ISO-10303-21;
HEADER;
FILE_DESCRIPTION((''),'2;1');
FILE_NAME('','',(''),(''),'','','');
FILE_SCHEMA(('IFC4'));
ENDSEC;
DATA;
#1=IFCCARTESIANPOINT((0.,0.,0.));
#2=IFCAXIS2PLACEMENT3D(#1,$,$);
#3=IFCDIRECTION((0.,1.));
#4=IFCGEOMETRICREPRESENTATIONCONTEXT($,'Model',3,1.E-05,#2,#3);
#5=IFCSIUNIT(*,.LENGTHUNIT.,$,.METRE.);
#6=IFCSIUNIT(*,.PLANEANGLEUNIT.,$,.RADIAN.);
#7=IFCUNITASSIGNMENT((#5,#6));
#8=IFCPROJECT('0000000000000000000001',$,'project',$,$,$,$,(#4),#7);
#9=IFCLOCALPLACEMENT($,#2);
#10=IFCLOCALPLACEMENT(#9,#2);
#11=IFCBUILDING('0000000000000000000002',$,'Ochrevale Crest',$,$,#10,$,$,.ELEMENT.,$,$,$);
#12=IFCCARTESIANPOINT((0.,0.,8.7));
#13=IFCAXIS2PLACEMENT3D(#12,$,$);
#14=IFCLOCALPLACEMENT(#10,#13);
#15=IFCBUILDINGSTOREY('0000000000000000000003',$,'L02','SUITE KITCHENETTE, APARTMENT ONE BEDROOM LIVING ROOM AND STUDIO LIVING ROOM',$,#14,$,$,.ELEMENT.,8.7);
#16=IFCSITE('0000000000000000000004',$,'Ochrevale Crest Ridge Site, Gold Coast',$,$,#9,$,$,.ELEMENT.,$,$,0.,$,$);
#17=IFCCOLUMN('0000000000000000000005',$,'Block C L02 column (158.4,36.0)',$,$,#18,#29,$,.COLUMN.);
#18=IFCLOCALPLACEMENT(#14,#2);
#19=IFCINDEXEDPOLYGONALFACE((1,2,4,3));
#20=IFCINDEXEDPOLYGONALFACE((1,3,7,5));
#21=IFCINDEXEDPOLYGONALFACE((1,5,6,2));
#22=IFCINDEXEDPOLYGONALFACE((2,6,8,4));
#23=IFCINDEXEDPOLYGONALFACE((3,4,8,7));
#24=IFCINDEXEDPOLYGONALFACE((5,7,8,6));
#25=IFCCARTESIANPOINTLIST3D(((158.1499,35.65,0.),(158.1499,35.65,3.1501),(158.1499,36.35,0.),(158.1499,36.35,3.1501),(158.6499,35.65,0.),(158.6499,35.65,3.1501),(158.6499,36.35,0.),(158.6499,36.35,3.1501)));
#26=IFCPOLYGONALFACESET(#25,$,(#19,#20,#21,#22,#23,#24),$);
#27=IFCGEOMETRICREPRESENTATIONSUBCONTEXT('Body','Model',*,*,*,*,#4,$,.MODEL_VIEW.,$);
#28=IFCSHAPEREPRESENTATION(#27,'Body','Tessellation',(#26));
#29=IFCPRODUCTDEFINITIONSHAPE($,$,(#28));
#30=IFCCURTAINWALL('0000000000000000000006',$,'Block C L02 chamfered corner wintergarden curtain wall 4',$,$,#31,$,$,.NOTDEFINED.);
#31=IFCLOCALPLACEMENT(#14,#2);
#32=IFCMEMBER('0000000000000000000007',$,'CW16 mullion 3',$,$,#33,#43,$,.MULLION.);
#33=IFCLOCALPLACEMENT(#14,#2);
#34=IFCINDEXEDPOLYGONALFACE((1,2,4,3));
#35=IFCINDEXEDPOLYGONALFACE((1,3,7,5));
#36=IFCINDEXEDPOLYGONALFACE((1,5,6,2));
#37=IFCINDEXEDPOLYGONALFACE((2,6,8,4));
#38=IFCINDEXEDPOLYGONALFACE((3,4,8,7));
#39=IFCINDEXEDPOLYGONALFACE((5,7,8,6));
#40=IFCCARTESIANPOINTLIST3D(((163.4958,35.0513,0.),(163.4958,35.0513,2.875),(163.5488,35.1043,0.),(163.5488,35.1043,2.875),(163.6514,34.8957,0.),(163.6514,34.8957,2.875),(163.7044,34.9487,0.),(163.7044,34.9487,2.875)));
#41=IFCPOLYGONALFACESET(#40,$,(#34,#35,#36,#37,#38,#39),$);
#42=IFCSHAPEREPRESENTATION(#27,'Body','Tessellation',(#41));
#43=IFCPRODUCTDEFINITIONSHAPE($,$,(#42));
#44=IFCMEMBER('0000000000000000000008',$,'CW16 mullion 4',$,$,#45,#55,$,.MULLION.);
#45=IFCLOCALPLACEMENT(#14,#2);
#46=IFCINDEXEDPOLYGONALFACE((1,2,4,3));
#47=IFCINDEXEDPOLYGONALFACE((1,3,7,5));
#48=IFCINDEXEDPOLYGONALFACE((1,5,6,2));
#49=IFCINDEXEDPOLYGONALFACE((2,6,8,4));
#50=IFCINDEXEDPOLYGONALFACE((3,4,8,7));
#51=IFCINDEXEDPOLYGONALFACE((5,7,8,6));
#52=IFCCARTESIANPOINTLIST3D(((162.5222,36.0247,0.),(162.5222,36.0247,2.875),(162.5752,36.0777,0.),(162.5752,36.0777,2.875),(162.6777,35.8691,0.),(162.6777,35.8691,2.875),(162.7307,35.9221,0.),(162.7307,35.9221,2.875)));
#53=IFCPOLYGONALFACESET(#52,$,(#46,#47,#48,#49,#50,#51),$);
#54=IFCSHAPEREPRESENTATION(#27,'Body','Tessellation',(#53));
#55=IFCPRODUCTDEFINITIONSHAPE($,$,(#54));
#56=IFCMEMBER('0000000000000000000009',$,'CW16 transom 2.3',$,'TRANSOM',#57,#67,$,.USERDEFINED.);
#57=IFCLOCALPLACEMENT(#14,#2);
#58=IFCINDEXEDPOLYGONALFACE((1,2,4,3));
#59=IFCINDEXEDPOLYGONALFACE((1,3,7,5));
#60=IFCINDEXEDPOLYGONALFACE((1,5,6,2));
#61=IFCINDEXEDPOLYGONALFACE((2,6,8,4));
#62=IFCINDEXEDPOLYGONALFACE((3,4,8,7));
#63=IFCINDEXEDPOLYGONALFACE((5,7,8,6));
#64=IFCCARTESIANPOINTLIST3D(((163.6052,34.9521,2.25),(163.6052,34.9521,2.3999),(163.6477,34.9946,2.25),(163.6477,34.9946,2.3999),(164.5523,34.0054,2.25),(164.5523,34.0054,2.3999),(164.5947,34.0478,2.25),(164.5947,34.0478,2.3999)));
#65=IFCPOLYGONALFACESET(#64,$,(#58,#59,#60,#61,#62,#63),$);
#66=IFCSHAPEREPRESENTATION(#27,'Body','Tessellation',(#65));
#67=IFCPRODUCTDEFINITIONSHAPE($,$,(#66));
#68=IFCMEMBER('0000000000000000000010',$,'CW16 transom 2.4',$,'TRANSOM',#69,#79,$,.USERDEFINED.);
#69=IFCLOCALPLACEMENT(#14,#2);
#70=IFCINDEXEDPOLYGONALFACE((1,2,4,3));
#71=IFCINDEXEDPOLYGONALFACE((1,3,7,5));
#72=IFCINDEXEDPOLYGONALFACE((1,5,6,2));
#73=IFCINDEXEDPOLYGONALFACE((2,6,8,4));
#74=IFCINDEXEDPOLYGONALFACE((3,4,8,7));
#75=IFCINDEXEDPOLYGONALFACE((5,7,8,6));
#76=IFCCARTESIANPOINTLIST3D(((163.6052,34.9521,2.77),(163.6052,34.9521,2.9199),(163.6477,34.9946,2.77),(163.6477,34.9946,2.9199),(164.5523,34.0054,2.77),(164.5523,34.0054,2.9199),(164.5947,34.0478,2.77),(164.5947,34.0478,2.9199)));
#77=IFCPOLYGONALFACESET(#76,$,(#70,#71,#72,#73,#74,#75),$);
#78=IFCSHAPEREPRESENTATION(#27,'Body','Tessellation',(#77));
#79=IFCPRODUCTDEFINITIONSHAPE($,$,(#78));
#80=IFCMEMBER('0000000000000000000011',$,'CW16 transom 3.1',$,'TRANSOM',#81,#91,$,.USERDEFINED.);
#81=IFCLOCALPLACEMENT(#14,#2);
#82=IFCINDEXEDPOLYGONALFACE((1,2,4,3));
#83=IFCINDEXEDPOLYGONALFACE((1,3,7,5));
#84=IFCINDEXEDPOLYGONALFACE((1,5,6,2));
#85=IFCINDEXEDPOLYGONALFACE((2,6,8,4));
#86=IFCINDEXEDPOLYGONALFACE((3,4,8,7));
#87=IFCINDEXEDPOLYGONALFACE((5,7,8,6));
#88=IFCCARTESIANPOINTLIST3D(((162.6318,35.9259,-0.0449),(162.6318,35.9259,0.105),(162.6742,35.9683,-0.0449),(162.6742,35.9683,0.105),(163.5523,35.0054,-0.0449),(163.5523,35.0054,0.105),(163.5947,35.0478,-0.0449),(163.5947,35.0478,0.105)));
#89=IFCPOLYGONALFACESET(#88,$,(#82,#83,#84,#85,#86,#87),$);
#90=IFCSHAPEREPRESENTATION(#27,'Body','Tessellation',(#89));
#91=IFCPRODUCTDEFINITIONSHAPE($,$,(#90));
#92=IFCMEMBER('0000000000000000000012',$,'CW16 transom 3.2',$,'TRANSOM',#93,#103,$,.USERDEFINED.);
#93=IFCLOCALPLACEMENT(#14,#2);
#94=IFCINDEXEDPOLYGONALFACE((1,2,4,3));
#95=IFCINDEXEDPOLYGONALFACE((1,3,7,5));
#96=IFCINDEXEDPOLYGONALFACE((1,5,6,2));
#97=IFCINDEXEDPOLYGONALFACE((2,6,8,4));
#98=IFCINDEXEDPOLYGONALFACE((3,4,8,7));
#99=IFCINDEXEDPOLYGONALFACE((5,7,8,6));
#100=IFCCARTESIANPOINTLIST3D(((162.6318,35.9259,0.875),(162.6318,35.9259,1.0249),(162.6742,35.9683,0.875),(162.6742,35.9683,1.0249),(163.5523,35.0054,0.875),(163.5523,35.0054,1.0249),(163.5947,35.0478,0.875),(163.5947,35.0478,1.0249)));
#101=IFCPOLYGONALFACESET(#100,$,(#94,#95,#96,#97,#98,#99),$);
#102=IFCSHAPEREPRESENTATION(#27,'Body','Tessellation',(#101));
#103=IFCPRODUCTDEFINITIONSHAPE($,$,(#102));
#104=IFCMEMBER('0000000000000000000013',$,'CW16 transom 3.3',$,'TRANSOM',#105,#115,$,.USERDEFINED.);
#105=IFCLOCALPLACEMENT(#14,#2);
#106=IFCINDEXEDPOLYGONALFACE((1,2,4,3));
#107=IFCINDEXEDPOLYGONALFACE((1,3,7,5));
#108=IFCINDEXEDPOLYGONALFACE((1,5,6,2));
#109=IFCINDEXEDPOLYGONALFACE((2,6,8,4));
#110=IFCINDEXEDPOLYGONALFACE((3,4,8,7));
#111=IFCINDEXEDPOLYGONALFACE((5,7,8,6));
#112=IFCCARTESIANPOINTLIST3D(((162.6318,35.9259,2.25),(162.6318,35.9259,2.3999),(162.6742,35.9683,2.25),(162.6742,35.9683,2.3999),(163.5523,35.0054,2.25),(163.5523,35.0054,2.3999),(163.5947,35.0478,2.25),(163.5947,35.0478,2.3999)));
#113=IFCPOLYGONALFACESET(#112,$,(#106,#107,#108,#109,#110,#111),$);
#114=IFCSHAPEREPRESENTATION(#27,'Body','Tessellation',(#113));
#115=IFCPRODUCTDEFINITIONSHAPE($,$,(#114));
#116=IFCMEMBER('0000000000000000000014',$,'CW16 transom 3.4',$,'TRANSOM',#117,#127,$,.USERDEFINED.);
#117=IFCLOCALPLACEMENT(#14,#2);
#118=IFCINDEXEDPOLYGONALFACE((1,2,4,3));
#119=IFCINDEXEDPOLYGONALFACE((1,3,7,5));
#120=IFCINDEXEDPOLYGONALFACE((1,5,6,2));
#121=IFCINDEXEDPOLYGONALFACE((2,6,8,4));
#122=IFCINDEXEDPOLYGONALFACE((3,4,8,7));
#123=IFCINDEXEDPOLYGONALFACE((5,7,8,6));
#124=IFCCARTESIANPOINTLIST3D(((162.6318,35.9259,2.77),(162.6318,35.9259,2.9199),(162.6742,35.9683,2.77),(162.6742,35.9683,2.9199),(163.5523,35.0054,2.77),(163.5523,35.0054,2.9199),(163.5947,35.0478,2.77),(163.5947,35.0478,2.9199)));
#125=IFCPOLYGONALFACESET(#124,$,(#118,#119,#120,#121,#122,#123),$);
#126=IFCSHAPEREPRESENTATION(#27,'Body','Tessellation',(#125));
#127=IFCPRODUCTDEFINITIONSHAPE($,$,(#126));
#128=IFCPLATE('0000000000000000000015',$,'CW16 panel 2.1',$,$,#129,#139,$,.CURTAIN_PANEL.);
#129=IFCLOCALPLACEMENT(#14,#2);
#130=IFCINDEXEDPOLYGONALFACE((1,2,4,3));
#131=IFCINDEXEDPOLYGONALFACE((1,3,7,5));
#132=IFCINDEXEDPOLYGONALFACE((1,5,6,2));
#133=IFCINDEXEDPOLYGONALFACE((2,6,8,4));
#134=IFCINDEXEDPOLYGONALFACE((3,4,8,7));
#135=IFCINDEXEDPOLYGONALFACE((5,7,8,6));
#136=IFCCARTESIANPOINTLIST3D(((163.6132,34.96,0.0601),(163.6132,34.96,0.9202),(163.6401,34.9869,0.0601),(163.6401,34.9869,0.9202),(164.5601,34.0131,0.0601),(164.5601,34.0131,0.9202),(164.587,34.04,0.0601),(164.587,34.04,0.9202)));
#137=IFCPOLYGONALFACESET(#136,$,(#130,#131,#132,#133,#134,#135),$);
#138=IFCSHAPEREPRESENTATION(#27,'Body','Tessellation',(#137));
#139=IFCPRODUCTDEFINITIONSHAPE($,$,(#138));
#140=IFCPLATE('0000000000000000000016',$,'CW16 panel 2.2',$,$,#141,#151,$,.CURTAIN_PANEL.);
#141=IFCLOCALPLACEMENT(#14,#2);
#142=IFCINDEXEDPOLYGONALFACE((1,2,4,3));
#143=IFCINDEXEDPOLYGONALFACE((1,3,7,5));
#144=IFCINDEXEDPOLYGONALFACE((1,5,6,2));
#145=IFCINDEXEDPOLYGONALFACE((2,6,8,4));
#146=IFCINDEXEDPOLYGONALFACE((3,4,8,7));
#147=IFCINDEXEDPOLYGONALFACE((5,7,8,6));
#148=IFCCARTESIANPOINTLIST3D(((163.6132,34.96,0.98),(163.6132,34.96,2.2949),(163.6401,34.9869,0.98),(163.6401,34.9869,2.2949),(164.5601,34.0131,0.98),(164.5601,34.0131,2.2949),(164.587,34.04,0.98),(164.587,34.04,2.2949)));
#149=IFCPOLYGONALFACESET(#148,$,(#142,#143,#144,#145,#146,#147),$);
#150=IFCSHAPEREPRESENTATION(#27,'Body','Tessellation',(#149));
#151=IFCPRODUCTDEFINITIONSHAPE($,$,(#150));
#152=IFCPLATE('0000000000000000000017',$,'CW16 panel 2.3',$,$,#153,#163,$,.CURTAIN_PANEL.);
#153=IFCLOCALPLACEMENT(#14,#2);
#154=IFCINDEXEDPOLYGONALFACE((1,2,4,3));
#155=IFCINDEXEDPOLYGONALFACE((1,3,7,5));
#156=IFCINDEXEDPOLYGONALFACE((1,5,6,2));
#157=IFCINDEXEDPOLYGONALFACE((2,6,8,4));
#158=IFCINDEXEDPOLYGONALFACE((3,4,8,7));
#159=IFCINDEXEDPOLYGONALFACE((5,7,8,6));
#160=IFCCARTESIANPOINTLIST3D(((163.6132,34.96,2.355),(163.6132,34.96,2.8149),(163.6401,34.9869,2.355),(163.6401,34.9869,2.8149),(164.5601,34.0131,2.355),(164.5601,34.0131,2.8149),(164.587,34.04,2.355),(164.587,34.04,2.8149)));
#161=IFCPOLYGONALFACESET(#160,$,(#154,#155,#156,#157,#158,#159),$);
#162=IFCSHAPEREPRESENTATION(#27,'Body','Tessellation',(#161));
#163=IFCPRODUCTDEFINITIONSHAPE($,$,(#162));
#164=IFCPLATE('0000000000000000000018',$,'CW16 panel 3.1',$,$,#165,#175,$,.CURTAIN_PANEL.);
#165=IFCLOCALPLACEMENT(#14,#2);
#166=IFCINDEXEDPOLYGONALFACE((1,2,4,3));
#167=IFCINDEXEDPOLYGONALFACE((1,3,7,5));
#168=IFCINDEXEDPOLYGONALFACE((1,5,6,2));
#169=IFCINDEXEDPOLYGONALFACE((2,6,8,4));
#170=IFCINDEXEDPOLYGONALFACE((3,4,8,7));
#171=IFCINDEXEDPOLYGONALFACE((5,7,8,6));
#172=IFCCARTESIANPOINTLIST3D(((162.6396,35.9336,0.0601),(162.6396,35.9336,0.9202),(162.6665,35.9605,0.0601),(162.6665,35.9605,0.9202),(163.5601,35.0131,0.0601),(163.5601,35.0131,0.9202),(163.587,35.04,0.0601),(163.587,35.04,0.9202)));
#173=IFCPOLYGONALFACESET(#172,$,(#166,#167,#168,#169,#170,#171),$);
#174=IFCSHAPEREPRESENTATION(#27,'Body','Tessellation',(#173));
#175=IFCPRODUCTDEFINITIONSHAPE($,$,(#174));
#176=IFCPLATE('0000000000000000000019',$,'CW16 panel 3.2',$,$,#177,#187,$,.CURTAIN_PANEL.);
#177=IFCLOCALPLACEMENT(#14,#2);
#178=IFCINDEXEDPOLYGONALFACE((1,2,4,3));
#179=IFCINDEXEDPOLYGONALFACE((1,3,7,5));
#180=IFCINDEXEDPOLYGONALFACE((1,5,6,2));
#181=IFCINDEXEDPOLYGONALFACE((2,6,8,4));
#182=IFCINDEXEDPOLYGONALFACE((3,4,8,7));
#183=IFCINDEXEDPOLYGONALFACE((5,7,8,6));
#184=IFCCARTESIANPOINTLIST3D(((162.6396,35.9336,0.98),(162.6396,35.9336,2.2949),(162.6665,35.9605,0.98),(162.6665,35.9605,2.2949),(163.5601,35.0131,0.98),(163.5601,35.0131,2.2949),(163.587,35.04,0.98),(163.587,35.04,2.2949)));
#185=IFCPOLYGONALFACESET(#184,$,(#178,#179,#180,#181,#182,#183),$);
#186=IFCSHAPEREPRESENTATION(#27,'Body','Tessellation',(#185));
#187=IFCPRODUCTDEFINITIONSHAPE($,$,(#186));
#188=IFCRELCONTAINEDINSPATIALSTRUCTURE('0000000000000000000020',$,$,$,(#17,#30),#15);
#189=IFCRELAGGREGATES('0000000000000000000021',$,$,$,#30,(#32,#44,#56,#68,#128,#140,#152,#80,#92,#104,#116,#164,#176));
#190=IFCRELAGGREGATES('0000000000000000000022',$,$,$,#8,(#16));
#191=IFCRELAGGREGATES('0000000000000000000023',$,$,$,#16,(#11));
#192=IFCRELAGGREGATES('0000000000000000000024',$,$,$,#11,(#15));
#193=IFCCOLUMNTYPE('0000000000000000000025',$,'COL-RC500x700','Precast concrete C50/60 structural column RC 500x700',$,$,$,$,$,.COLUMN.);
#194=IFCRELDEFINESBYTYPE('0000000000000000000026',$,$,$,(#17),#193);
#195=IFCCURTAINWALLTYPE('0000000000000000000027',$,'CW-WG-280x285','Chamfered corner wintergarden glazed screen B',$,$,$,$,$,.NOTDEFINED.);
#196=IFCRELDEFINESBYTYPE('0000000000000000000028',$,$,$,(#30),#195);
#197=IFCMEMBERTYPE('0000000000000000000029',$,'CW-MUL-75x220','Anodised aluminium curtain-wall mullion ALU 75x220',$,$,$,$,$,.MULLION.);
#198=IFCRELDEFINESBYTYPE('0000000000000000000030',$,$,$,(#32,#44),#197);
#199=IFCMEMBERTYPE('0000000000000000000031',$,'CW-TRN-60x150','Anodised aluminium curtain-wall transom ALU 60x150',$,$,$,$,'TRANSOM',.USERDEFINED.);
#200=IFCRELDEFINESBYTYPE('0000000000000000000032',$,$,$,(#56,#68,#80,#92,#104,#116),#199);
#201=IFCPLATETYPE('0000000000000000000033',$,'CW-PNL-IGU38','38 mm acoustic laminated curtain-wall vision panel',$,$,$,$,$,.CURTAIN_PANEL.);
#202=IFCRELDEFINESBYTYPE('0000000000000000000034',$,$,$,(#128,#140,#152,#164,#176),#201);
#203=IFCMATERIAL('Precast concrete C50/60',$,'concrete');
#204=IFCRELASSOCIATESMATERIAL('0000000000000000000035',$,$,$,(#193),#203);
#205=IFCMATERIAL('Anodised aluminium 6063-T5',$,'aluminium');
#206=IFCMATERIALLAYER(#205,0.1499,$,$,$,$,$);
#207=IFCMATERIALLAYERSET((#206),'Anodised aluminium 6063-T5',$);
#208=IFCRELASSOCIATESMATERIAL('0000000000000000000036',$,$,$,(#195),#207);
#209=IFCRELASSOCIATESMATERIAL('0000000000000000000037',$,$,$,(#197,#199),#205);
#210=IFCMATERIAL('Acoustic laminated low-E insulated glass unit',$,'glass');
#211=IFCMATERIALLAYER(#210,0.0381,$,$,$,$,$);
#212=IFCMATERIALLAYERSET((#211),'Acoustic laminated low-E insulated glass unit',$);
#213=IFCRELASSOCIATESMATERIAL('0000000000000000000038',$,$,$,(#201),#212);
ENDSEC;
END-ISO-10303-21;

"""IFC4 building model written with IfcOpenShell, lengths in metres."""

from ifc_helpers import new_model, si_unit, direction, frame, origin, origin_2d, place, context, subcontext, project, spatial, rectangle, extrude, material, layer, layer_set, material_profile, profile_set, type_object, element, aggregate, save


model = new_model("IFC4")

# Units and contexts
model_context = context("Model", 3, precision=1e-05, world=origin(), true_north=direction((0.0, 1.0)))
body_context = subcontext(model_context, "Body", "Model", "MODEL_VIEW")
ifc_project = project(units=[si_unit("LENGTHUNIT", "METRE"), si_unit("PLANEANGLEUNIT", "RADIAN")], contexts=[model_context])

# Site, building, storey
site_placement = place(None, origin())
site = spatial("IfcSite", under=ifc_project, at=site_placement, Name="Ochrevale Crest Ridge Site, Gold Coast", CompositionType="ELEMENT", RefElevation=0.0)
building_placement = place(site_placement, origin())
building = spatial("IfcBuilding", under=site, at=building_placement, Name="Ochrevale Crest", CompositionType="ELEMENT")
storey_placement = place(building_placement, frame((0.0, 0.0, 8.7)))
storey = spatial("IfcBuildingStorey", under=building, at=storey_placement, Name="L02", Description="SUITE KITCHENETTE, APARTMENT ONE BEDROOM LIVING ROOM AND STUDIO LIVING ROOM", CompositionType="ELEMENT", Elevation=8.7)

# Column
ifc_material_1 = material(Name="Precast concrete C50/60", Category="concrete")
ifc_material_profile_1 = material_profile(ifc_material_1, rectangle(XDim=0.5, YDim=0.7, at=origin_2d()), Name="RC 500x700")
ifc_profile_set_1 = profile_set([ifc_material_profile_1], Name="Precast concrete C50/60")
column_type = type_object("IfcColumnType", Name="COL-RC500x700", Description="Precast concrete C50/60 structural column RC 500x700", PredefinedType="COLUMN", material=ifc_profile_set_1)
column_placement = place(storey_placement, frame((158.3999, 36.0, 0.0), z_axis=(0.0, 0.0, 1.0), x_axis=(1.0, 0.0, 0.0)))
element("IfcColumn", 1, at=column_placement, inside=storey, type_object=column_type, Name="Block C L02 column (158.4,36.0)", PredefinedType="COLUMN", context=body_context, shape_type="SweptSolid", body=[
    extrude(rectangle(XDim=0.5, YDim=0.7, at=origin_2d()), origin(), (0.0, 0.0, 1.0), 3.1501),
])

# Curtain wall, members, plates
ifc_material_2 = material(Name="Anodised aluminium 6063-T5", Category="aluminium")
ifc_layer_1 = layer(ifc_material_2, 0.1499)
ifc_layer_set_1 = layer_set([ifc_layer_1], Name="Anodised aluminium 6063-T5")
curtain_wall_type = type_object("IfcCurtainWallType", Name="CW-WG-280x285", Description="Chamfered corner wintergarden glazed screen B", PredefinedType="NOTDEFINED", material=ifc_layer_set_1)
curtain_wall_placement = place(storey_placement, origin())
curtain_wall = element("IfcCurtainWall", 2, at=curtain_wall_placement, inside=storey, type_object=curtain_wall_type, Name="Block C L02 chamfered corner wintergarden curtain wall 4", PredefinedType="NOTDEFINED")
ifc_material_profile_2 = material_profile(ifc_material_2, rectangle(XDim=0.075, YDim=0.22, at=origin_2d()), Name="ALU 75x220")
ifc_profile_set_2 = profile_set([ifc_material_profile_2], Name="Anodised aluminium 6063-T5")
member_type_1 = type_object("IfcMemberType", Name="CW-MUL-75x220", Description="Anodised aluminium curtain-wall mullion ALU 75x220", PredefinedType="MULLION", material=ifc_profile_set_2)
member_1_placement = place(storey_placement, frame((163.6001, 35.0, 0.0), z_axis=(0.0, 0.0, 1.0), x_axis=(-0.707107, -0.707107, 0.0)))
member_1 = element("IfcMember", 3, at=member_1_placement, type_object=member_type_1, Name="CW16 mullion 3", PredefinedType="MULLION", context=body_context, shape_type="SweptSolid", body=[
    extrude(rectangle(XDim=0.075, YDim=0.22, at=origin_2d()), origin(), (0.0, 0.0, 1.0), 2.875),
])
member_2_placement = place(storey_placement, frame((162.6265, 35.9734, 0.0), z_axis=(0.0, 0.0, 1.0), x_axis=(-0.707107, -0.707107, 0.0)))
member_2 = element("IfcMember", 4, at=member_2_placement, type_object=member_type_1, Name="CW16 mullion 4", PredefinedType="MULLION", context=body_context, shape_type="SweptSolid", body=[
    extrude(rectangle(XDim=0.075, YDim=0.22, at=origin_2d()), origin(), (0.0, 0.0, 1.0), 2.875),
])
ifc_material_profile_3 = material_profile(ifc_material_2, rectangle(XDim=0.0601, YDim=0.1499, at=origin_2d()), Name="ALU 60x150")
ifc_profile_set_3 = profile_set([ifc_material_profile_3], Name="Anodised aluminium 6063-T5")
member_type_2 = type_object("IfcMemberType", Name="CW-TRN-60x150", Description="Anodised aluminium curtain-wall transom ALU 60x150", ElementType="TRANSOM", PredefinedType="USERDEFINED", material=ifc_profile_set_3)
member_3_placement = place(storey_placement, frame((164.5735, 34.0266, 2.325), z_axis=(-0.707198, 0.707016, 0.0), x_axis=(-0.707016, -0.707198, 0.0)))
member_3 = element("IfcMember", 5, at=member_3_placement, type_object=member_type_2, Name="CW16 transom 2.3", ObjectType="TRANSOM", PredefinedType="USERDEFINED", context=body_context, shape_type="SweptSolid", body=[
    extrude(rectangle(XDim=0.0601, YDim=0.1499, at=origin_2d()), origin(), (0.0, 0.0, 1.0), 1.3391),
])
member_4_placement = place(storey_placement, frame((164.5735, 34.0266, 2.845), z_axis=(-0.707198, 0.707016, 0.0), x_axis=(-0.707016, -0.707198, 0.0)))
member_4 = element("IfcMember", 6, at=member_4_placement, type_object=member_type_2, Name="CW16 transom 2.4", ObjectType="TRANSOM", PredefinedType="USERDEFINED", context=body_context, shape_type="SweptSolid", body=[
    extrude(rectangle(XDim=0.0601, YDim=0.1499, at=origin_2d()), origin(), (0.0, 0.0, 1.0), 1.3391),
])
member_5_placement = place(storey_placement, frame((163.5735, 35.0266, 0.03), z_axis=(-0.707107, 0.707107, 0.0), x_axis=(-0.707107, -0.707107, 0.0)))
member_5 = element("IfcMember", 7, at=member_5_placement, type_object=member_type_2, Name="CW16 transom 3.1", ObjectType="TRANSOM", PredefinedType="USERDEFINED", context=body_context, shape_type="SweptSolid", body=[
    extrude(rectangle(XDim=0.0601, YDim=0.1499, at=origin_2d()), origin(), (0.0, 0.0, 1.0), 1.3018),
])
member_6_placement = place(storey_placement, frame((163.5735, 35.0266, 0.95), z_axis=(-0.707107, 0.707107, 0.0), x_axis=(-0.707107, -0.707107, 0.0)))
member_6 = element("IfcMember", 8, at=member_6_placement, type_object=member_type_2, Name="CW16 transom 3.2", ObjectType="TRANSOM", PredefinedType="USERDEFINED", context=body_context, shape_type="SweptSolid", body=[
    extrude(rectangle(XDim=0.0601, YDim=0.1499, at=origin_2d()), origin(), (0.0, 0.0, 1.0), 1.3018),
])
member_7_placement = place(storey_placement, frame((163.5735, 35.0266, 2.325), z_axis=(-0.707107, 0.707107, 0.0), x_axis=(-0.707107, -0.707107, 0.0)))
member_7 = element("IfcMember", 9, at=member_7_placement, type_object=member_type_2, Name="CW16 transom 3.3", ObjectType="TRANSOM", PredefinedType="USERDEFINED", context=body_context, shape_type="SweptSolid", body=[
    extrude(rectangle(XDim=0.0601, YDim=0.1499, at=origin_2d()), origin(), (0.0, 0.0, 1.0), 1.3018),
])
member_8_placement = place(storey_placement, frame((163.5735, 35.0266, 2.845), z_axis=(-0.707107, 0.707107, 0.0), x_axis=(-0.707107, -0.707107, 0.0)))
member_8 = element("IfcMember", 10, at=member_8_placement, type_object=member_type_2, Name="CW16 transom 3.4", ObjectType="TRANSOM", PredefinedType="USERDEFINED", context=body_context, shape_type="SweptSolid", body=[
    extrude(rectangle(XDim=0.0601, YDim=0.1499, at=origin_2d()), origin(), (0.0, 0.0, 1.0), 1.3018),
])
ifc_material_3 = material(Name="Acoustic laminated low-E insulated glass unit", Category="glass")
ifc_layer_2 = layer(ifc_material_3, 0.0381)
ifc_layer_set_2 = layer_set([ifc_layer_2], Name="Acoustic laminated low-E insulated glass unit")
plate_type_1 = type_object("IfcPlateType", Name="CW-PNL-IGU38", Description="38 mm acoustic laminated curtain-wall vision panel", PredefinedType="CURTAIN_PANEL", material=ifc_layer_set_2)
plate_1_placement = place(storey_placement, frame((164.1001, 34.5, 0.0601), z_axis=(0.0, 0.0, 1.0), x_axis=(-0.707107, 0.707107, 0.0)))
plate_1 = element("IfcPlate", 11, at=plate_1_placement, type_object=plate_type_1, Name="CW16 panel 2.1", PredefinedType="CURTAIN_PANEL", context=body_context, shape_type="SweptSolid", body=[
    extrude(rectangle(XDim=1.3391, YDim=0.0381, at=origin_2d()), origin(), (0.0, 0.0, 1.0), 0.8601),
])
plate_2_placement = place(storey_placement, frame((164.1001, 34.5, 0.98), z_axis=(0.0, 0.0, 1.0), x_axis=(-0.707107, 0.707107, 0.0)))
plate_2 = element("IfcPlate", 12, at=plate_2_placement, type_object=plate_type_1, Name="CW16 panel 2.2", PredefinedType="CURTAIN_PANEL", context=body_context, shape_type="SweptSolid", body=[
    extrude(rectangle(XDim=1.3391, YDim=0.0381, at=origin_2d()), origin(), (0.0, 0.0, 1.0), 1.3149),
])
plate_3_placement = place(storey_placement, frame((164.1001, 34.5, 2.355), z_axis=(0.0, 0.0, 1.0), x_axis=(-0.707107, 0.707107, 0.0)))
plate_3 = element("IfcPlate", 13, at=plate_3_placement, type_object=plate_type_1, Name="CW16 panel 2.3", PredefinedType="CURTAIN_PANEL", context=body_context, shape_type="SweptSolid", body=[
    extrude(rectangle(XDim=1.3391, YDim=0.0381, at=origin_2d()), origin(), (0.0, 0.0, 1.0), 0.46),
])
plate_4_placement = place(storey_placement, frame((163.1133, 35.4868, 0.0601), z_axis=(0.0, 0.0, 1.0), x_axis=(-0.707107, 0.707107, 0.0)))
plate_4 = element("IfcPlate", 14, at=plate_4_placement, type_object=plate_type_1, Name="CW16 panel 3.1", PredefinedType="CURTAIN_PANEL", context=body_context, shape_type="SweptSolid", body=[
    extrude(rectangle(XDim=1.3018, YDim=0.0381, at=origin_2d()), origin(), (0.0, 0.0, 1.0), 0.8601),
])
plate_5_placement = place(storey_placement, frame((163.1133, 35.4868, 0.98), z_axis=(0.0, 0.0, 1.0), x_axis=(-0.707107, 0.707107, 0.0)))
plate_5 = element("IfcPlate", 15, at=plate_5_placement, type_object=plate_type_1, Name="CW16 panel 3.2", PredefinedType="CURTAIN_PANEL", context=body_context, shape_type="SweptSolid", body=[
    extrude(rectangle(XDim=1.3018, YDim=0.0381, at=origin_2d()), origin(), (0.0, 0.0, 1.0), 1.3149),
])
aggregate(curtain_wall, [member_1, member_2, member_3, member_4, plate_1, plate_2, plate_3, member_5, member_6, member_7, member_8, plate_4, plate_5])

save(model, "model.ifc")
